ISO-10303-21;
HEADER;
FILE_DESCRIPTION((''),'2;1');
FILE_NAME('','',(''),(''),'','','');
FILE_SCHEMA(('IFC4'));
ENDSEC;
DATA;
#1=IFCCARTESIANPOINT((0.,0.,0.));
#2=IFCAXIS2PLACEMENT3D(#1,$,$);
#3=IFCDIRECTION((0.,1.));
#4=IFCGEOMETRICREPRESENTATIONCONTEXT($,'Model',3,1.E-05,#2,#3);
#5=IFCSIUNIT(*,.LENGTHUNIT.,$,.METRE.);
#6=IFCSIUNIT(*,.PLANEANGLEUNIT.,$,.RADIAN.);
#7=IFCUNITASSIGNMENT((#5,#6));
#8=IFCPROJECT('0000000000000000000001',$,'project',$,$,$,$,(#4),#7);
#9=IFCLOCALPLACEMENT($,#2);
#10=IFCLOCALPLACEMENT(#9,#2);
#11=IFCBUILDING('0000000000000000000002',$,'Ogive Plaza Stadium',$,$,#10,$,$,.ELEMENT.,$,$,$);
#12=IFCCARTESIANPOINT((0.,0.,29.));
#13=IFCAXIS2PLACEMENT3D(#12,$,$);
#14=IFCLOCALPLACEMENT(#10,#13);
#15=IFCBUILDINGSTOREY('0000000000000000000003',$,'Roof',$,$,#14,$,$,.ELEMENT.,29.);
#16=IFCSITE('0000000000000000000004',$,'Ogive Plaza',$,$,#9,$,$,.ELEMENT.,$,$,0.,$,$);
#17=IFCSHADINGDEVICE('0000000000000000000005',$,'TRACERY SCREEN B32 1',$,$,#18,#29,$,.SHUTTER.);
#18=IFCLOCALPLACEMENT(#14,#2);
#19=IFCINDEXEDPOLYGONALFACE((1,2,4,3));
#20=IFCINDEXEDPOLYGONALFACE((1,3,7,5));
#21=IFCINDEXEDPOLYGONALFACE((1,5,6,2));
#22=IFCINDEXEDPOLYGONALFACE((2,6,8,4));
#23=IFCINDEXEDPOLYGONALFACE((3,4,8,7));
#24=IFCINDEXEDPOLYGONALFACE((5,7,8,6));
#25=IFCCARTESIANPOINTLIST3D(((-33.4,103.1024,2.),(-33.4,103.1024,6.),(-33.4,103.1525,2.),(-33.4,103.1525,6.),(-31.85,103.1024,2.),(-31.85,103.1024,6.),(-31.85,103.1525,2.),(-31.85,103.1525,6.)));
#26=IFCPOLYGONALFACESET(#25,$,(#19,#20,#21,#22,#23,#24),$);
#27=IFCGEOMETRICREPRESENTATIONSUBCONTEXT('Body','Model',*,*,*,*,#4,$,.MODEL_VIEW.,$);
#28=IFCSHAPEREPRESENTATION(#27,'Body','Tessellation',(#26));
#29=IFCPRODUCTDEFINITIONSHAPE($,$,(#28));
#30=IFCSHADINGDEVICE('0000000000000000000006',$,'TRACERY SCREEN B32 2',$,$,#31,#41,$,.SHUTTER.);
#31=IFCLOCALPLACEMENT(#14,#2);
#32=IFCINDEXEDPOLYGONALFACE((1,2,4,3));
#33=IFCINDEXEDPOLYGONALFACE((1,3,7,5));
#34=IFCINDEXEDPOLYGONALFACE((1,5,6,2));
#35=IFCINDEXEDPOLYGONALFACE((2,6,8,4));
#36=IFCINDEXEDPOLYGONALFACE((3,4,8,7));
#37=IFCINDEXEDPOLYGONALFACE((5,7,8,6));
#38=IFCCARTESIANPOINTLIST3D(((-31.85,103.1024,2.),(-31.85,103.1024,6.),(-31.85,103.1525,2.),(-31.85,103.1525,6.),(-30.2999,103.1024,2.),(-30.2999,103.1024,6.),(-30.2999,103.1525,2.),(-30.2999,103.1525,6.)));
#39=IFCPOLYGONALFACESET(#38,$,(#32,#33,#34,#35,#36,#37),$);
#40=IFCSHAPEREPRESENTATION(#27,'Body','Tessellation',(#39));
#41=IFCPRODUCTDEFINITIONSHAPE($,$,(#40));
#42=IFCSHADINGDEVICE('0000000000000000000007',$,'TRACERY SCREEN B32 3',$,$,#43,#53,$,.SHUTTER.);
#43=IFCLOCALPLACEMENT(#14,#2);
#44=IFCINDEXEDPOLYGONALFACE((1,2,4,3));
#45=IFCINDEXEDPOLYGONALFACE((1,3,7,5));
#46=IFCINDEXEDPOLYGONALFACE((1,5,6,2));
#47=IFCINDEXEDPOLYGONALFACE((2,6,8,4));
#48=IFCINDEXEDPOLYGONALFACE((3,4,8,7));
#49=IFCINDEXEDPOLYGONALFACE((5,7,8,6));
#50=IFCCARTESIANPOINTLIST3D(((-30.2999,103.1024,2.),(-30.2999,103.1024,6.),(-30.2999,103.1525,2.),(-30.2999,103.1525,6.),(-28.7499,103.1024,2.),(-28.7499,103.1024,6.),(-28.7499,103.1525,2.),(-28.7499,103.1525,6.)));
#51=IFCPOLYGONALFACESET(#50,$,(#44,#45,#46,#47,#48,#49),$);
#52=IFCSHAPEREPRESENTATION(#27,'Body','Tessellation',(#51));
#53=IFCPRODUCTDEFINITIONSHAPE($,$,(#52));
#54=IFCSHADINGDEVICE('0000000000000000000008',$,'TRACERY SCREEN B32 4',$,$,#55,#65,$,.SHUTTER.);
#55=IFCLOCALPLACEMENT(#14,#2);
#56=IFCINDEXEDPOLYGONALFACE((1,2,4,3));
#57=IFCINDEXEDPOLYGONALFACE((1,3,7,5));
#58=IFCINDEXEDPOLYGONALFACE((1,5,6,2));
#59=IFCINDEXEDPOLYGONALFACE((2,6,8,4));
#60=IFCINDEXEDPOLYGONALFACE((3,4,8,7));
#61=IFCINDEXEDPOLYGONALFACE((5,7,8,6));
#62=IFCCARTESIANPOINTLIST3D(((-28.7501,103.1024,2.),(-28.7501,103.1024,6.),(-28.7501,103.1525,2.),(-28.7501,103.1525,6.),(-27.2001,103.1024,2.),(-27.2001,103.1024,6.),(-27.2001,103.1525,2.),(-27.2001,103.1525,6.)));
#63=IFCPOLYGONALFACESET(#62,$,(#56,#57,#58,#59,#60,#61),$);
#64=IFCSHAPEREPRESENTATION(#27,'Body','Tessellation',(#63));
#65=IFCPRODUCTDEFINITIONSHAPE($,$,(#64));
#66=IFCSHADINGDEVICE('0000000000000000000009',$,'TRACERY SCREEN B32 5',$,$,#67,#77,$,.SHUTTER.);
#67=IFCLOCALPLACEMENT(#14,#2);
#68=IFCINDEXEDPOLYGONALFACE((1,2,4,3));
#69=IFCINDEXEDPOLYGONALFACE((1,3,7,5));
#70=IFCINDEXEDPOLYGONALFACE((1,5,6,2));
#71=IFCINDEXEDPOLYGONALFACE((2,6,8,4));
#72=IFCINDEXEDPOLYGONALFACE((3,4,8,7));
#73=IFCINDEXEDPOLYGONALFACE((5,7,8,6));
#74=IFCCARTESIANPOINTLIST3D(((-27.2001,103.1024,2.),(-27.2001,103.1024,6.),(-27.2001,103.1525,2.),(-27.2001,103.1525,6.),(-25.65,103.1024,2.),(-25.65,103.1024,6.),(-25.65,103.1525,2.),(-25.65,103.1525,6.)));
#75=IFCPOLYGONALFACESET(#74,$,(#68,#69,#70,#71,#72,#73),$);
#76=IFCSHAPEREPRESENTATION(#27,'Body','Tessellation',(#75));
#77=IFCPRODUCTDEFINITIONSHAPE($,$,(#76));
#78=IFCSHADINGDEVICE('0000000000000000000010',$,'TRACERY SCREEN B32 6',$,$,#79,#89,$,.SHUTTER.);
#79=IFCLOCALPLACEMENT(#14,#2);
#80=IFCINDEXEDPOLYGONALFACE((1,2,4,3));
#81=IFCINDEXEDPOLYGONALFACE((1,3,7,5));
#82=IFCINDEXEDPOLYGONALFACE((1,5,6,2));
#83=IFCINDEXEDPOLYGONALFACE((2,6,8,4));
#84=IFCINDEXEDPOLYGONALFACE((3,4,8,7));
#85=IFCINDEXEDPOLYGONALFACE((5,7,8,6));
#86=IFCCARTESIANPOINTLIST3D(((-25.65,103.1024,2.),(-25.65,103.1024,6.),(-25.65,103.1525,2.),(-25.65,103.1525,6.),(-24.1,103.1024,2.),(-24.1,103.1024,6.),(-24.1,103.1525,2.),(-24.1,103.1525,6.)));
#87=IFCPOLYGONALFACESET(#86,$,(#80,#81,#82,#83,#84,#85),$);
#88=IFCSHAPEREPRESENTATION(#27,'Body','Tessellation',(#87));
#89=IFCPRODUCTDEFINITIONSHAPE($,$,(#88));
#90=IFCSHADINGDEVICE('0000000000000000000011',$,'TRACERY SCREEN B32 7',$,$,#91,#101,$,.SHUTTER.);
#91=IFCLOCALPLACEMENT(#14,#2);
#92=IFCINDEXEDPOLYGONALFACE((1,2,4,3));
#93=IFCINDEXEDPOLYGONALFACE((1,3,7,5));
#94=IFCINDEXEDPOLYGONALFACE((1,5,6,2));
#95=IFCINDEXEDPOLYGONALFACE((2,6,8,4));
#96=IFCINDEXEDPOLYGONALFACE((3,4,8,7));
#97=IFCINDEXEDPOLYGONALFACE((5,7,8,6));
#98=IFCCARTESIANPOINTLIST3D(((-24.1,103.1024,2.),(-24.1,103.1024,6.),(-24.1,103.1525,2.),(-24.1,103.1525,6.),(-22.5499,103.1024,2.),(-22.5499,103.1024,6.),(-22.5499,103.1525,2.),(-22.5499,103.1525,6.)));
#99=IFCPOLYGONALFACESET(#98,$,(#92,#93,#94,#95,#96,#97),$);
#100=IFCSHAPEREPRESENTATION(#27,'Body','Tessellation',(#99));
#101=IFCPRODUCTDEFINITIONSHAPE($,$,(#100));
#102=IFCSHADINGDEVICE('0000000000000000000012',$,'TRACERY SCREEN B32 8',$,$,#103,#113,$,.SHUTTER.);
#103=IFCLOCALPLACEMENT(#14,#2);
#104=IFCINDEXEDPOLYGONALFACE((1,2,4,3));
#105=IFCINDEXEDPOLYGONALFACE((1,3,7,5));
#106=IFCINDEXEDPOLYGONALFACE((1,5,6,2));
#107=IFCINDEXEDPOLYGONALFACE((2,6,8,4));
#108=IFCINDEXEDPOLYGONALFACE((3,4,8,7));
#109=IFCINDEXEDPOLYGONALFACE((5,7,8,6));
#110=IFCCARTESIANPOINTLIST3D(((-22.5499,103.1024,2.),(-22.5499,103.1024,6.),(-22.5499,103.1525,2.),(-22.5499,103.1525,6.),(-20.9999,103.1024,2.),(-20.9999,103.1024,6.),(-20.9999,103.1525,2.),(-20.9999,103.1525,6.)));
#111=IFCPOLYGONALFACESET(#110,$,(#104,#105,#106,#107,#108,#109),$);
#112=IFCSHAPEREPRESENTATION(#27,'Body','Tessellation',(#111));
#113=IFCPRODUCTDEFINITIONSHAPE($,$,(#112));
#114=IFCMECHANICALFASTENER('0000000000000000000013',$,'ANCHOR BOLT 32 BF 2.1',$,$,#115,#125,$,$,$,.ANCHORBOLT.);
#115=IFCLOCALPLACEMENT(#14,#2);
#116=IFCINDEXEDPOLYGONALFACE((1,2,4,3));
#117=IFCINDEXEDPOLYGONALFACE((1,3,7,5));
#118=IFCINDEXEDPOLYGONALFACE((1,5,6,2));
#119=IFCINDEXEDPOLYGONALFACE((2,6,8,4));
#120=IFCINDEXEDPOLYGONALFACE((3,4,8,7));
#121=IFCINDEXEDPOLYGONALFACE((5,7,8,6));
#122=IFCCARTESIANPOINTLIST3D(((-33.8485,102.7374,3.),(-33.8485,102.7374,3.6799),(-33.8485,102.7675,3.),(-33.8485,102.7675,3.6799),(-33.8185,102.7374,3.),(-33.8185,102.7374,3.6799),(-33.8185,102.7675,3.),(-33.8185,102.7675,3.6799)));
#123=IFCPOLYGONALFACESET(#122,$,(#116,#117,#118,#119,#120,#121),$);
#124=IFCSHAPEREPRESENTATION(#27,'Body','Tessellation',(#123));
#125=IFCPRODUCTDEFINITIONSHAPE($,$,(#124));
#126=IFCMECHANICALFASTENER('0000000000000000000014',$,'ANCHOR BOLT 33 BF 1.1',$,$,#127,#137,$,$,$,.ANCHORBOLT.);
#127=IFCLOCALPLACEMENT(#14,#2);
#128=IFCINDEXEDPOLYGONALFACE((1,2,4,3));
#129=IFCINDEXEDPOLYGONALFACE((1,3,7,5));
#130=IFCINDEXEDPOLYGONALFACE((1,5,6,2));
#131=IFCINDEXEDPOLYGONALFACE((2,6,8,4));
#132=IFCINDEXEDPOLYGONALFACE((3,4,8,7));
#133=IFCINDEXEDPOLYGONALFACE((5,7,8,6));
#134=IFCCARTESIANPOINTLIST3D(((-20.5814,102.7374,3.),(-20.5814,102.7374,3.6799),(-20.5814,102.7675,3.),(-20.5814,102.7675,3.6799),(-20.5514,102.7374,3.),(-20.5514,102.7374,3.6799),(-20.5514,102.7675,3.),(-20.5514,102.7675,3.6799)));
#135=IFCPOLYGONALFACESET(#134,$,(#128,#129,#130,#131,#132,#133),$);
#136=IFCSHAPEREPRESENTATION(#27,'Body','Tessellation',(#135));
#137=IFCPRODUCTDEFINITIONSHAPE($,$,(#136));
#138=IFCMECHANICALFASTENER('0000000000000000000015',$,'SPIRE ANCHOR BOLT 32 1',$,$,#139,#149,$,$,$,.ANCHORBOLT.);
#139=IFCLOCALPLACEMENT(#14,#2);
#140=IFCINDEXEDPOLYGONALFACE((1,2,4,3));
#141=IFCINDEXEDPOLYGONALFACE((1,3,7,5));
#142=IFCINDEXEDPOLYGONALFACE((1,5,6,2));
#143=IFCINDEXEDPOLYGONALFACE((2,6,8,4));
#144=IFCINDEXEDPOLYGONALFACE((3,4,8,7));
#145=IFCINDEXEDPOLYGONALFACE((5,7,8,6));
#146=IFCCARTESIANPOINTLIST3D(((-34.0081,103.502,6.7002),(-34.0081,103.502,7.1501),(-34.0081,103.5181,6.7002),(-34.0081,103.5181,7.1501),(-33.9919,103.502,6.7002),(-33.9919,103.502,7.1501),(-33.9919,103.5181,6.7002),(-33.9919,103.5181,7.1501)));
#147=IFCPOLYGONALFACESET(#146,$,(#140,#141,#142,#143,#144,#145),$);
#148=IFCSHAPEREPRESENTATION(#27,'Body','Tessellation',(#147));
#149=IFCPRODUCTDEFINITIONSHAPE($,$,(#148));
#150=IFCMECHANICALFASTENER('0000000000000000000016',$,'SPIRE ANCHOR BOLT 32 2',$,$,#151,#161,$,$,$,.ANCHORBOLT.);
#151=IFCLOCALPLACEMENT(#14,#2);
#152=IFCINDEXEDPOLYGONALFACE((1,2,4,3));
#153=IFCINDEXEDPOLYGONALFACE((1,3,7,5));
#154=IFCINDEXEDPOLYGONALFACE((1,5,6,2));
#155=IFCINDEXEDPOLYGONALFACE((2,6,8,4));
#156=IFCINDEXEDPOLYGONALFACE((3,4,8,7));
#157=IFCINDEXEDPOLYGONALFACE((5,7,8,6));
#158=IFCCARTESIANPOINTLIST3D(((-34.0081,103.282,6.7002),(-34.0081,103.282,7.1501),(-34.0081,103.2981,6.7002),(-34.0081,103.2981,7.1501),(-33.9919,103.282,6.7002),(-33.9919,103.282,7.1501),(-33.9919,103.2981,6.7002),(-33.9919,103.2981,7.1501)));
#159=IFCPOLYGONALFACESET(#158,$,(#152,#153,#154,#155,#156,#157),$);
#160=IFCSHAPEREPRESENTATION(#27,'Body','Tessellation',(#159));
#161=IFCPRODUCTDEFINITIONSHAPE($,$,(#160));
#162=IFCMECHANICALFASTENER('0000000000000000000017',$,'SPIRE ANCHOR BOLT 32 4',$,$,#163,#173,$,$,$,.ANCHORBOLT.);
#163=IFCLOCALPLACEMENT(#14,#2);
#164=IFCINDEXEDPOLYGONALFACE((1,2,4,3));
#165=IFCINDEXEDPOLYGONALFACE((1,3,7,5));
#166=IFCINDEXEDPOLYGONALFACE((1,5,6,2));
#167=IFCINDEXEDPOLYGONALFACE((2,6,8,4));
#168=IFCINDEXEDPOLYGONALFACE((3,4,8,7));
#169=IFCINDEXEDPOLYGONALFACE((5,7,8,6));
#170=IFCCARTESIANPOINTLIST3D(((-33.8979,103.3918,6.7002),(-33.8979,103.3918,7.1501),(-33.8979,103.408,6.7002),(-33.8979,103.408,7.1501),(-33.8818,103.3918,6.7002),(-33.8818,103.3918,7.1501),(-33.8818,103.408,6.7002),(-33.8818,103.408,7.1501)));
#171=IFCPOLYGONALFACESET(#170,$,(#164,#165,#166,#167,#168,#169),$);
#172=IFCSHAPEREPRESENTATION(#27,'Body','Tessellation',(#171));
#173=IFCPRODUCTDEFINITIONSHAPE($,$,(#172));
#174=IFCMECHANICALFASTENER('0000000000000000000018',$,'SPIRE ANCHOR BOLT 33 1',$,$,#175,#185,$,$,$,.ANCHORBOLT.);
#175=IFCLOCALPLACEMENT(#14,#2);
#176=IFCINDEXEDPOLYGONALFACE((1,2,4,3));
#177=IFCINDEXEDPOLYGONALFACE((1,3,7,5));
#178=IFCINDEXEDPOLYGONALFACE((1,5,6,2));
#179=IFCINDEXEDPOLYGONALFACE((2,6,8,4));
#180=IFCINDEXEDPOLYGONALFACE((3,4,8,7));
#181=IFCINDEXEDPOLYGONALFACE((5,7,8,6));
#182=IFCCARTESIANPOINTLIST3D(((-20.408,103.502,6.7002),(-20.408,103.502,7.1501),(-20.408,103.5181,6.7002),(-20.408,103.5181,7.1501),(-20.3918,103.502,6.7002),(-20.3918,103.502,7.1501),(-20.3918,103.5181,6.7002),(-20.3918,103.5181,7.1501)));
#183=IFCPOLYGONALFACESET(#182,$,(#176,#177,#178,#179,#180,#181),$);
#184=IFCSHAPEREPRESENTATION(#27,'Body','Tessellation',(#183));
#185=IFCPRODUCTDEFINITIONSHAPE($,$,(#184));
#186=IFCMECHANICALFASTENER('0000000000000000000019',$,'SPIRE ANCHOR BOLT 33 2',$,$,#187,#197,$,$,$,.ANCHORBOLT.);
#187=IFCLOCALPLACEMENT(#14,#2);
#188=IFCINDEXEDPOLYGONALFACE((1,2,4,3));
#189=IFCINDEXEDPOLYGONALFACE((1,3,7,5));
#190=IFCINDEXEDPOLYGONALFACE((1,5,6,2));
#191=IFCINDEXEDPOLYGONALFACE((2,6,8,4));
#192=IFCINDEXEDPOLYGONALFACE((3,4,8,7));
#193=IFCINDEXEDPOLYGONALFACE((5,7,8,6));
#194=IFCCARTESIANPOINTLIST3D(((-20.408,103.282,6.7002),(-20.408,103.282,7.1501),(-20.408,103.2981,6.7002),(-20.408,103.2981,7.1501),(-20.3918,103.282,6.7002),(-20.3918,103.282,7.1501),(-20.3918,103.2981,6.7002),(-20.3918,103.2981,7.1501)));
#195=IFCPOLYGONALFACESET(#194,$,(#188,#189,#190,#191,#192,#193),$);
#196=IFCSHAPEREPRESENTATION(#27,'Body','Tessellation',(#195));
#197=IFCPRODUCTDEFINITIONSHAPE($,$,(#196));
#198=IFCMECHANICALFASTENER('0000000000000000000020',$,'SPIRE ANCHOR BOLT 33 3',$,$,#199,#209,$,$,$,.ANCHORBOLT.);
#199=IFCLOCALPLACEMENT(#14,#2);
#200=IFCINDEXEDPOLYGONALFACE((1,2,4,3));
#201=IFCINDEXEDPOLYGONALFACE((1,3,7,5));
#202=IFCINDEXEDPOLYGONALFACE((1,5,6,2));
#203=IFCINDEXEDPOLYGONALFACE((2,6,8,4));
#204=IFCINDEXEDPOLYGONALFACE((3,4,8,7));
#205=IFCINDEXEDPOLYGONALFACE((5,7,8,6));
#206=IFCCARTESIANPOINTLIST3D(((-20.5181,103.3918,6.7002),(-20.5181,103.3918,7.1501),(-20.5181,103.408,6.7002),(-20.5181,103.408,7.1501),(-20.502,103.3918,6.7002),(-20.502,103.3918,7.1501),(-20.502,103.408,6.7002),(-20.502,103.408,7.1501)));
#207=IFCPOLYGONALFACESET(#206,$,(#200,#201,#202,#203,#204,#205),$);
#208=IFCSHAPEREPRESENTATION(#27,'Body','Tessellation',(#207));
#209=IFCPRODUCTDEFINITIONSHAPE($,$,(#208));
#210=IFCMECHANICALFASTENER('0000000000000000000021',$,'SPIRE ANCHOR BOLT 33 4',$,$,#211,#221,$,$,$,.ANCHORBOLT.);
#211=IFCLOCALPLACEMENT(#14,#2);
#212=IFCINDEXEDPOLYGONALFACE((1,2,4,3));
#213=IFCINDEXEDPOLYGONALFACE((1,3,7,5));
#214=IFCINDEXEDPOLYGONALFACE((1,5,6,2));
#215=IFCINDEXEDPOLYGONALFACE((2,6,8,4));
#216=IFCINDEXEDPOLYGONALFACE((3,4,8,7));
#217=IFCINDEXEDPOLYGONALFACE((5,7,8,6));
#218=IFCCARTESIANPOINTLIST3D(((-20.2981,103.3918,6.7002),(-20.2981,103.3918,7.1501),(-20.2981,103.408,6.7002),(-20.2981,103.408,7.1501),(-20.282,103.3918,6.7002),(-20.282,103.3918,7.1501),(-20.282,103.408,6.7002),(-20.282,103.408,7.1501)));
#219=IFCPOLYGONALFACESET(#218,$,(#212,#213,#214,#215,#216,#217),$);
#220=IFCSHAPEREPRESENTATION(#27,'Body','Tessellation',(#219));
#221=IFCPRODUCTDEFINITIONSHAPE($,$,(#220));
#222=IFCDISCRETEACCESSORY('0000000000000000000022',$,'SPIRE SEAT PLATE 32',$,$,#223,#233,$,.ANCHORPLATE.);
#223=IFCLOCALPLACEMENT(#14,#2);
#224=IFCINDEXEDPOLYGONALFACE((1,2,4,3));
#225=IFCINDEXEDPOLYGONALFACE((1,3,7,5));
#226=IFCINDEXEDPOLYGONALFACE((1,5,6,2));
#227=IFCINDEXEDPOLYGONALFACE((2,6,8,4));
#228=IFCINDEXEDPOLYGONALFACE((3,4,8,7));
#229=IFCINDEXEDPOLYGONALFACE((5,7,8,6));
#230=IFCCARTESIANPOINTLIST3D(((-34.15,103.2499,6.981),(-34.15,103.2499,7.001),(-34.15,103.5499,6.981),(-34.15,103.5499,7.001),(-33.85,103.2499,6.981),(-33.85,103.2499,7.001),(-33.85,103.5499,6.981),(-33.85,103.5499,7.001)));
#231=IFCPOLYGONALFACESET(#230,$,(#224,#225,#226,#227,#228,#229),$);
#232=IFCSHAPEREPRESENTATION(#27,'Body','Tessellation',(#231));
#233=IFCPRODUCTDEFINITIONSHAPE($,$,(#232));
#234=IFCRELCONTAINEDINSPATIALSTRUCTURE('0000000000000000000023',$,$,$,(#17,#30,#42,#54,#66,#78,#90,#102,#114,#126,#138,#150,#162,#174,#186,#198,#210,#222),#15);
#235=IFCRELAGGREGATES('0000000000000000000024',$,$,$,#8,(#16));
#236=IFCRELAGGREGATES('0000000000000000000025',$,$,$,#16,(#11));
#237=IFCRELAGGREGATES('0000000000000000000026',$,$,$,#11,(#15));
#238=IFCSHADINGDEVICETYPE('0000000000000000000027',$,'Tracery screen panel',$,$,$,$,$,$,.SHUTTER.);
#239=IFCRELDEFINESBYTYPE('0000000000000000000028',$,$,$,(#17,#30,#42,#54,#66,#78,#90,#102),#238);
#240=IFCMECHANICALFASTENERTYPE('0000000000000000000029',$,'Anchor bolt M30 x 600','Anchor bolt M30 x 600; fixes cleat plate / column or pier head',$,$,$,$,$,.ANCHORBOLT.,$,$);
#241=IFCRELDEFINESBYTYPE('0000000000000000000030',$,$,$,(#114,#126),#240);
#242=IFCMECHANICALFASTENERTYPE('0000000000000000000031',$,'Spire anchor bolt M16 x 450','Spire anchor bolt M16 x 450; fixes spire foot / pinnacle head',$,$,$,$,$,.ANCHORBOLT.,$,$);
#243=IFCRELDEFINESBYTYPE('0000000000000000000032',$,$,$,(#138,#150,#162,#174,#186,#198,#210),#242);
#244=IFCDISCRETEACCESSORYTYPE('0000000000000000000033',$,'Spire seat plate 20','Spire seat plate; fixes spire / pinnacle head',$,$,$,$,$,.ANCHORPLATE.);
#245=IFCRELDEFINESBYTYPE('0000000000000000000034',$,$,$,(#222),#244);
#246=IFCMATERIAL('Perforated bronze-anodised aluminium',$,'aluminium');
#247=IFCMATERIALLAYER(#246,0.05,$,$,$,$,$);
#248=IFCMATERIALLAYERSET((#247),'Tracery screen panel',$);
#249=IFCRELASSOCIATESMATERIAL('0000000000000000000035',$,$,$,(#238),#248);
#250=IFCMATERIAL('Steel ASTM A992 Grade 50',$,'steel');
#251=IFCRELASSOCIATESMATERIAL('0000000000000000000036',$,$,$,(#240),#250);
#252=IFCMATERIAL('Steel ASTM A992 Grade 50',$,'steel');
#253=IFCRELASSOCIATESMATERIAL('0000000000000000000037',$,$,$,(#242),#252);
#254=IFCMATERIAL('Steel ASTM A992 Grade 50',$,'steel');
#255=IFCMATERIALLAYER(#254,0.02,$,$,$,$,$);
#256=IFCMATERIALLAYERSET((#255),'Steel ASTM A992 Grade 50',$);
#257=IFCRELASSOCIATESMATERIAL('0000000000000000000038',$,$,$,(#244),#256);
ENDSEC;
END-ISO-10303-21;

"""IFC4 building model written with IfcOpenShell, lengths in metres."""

from ifc_helpers import new_model, si_unit, direction, frame, origin, origin_2d, place, context, subcontext, project, spatial, rectangle, extrude, material, layer, layer_set, type_object, element, save


model = new_model("IFC4")

# Units and contexts
model_context = context("Model", 3, precision=1e-05, world=origin(), true_north=direction((0.0, 1.0)))
body_context = subcontext(model_context, "Body", "Model", "MODEL_VIEW")
ifc_project = project(units=[si_unit("LENGTHUNIT", "METRE"), si_unit("PLANEANGLEUNIT", "RADIAN")], contexts=[model_context])

# Site, building, storey
site_placement = place(None, origin())
site = spatial("IfcSite", under=ifc_project, at=site_placement, Name="Ogive Plaza", CompositionType="ELEMENT", RefElevation=0.0)
building_placement = place(site_placement, origin())
building = spatial("IfcBuilding", under=site, at=building_placement, Name="Ogive Plaza Stadium", CompositionType="ELEMENT")
storey_placement = place(building_placement, frame((0.0, 0.0, 29.0)))
storey = spatial("IfcBuildingStorey", under=building, at=storey_placement, Name="Roof", CompositionType="ELEMENT", Elevation=29.0)

# Shading devices
ifc_material_1 = material(Name="Perforated bronze-anodised aluminium", Category="aluminium")
ifc_layer_1 = layer(ifc_material_1, 0.05)
ifc_layer_set_1 = layer_set([ifc_layer_1], Name="Tracery screen panel")
shading_device_type = type_object("IfcShadingDeviceType", Name="Tracery screen panel", PredefinedType="SHUTTER", material=ifc_layer_set_1)
for number, where, z_axis, x_axis, name in (
    (1, (-32.625, 103.1274, 2.0), (0.0, 0.0, 1.0), (1.0, 0.0, 0.0), "TRACERY SCREEN B32 1"),
    (2, (-31.075, 103.1274, 2.0), (0.0, 0.0, 1.0), (1.0, 0.0, 0.0), "TRACERY SCREEN B32 2"),
    (3, (-29.5249, 103.1274, 2.0), (0.0, 0.0, 1.0), (1.0, 0.0, 0.0), "TRACERY SCREEN B32 3"),
    (4, (-27.9751, 103.1274, 2.0), (0.0, 0.0, 1.0), (1.0, 0.0, 0.0), "TRACERY SCREEN B32 4"),
    (5, (-26.425, 103.1274, 2.0), (0.0, 0.0, 1.0), (1.0, 0.0, 0.0), "TRACERY SCREEN B32 5"),
    (6, (-24.875, 103.1274, 2.0), (0.0, 0.0, 1.0), (1.0, 0.0, 0.0), "TRACERY SCREEN B32 6"),
    (7, (-23.325, 103.1274, 2.0), (0.0, 0.0, 1.0), (1.0, 0.0, 0.0), "TRACERY SCREEN B32 7"),
    (8, (-21.7749, 103.1274, 2.0), (0.0, 0.0, 1.0), (1.0, 0.0, 0.0), "TRACERY SCREEN B32 8"),
):
    element("IfcShadingDevice", number, at=place(storey_placement, frame(where, z_axis=z_axis, x_axis=x_axis)), inside=storey, type_object=shading_device_type, Name=name, PredefinedType="SHUTTER", context=body_context, shape_type="SweptSolid", body=[
        extrude(rectangle(XDim=1.55, YDim=0.05, at=origin_2d()), origin(), (0.0, 0.0, 1.0), 4.0),
    ])

# Mechanical fasteners
ifc_material_2 = material(Name="Steel ASTM A992 Grade 50", Category="steel")
mechanical_fastener_type_1 = type_object("IfcMechanicalFastenerType", Name="Anchor bolt M30 x 600", Description="Anchor bolt M30 x 600; fixes cleat plate / column or pier head", PredefinedType="ANCHORBOLT", material=ifc_material_2)
for number, where, z_axis, x_axis, name in (
    (9, (-33.8335, 102.7524, 3.0), (0.0, 0.0, 1.0), (0.0, 1.0, 0.0), "ANCHOR BOLT 32 BF 2.1"),
    (10, (-20.5664, 102.7524, 3.0), (0.0, 0.0, 1.0), (0.0, 1.0, 0.0), "ANCHOR BOLT 33 BF 1.1"),
):
    element("IfcMechanicalFastener", number, at=place(storey_placement, frame(where, z_axis=z_axis, x_axis=x_axis)), inside=storey, type_object=mechanical_fastener_type_1, Name=name, PredefinedType="ANCHORBOLT", context=body_context, shape_type="SweptSolid", body=[
        extrude(rectangle(XDim=0.03, YDim=0.03, at=origin_2d()), origin(), (0.0, 0.0, 1.0), 0.6799),
    ])
ifc_material_3 = material(Name="Steel ASTM A992 Grade 50", Category="steel")
mechanical_fastener_type_2 = type_object("IfcMechanicalFastenerType", Name="Spire anchor bolt M16 x 450", Description="Spire anchor bolt M16 x 450; fixes spire foot / pinnacle head", PredefinedType="ANCHORBOLT", material=ifc_material_3)
for number, where, z_axis, x_axis, name in (
    (11, (-34.0, 103.51, 6.7002), (0.0, 0.0, 1.0), (0.0, 1.0, 0.0), "SPIRE ANCHOR BOLT 32 1"),
    (12, (-34.0, 103.29, 6.7002), (0.0, 0.0, 1.0), (0.0, 1.0, 0.0), "SPIRE ANCHOR BOLT 32 2"),
    (13, (-33.8899, 103.3999, 6.7002), (0.0, 0.0, 1.0), (0.0, 1.0, 0.0), "SPIRE ANCHOR BOLT 32 4"),
    (14, (-20.3999, 103.51, 6.7002), (0.0, 0.0, 1.0), (0.0, 1.0, 0.0), "SPIRE ANCHOR BOLT 33 1"),
    (15, (-20.3999, 103.29, 6.7002), (0.0, 0.0, 1.0), (0.0, 1.0, 0.0), "SPIRE ANCHOR BOLT 33 2"),
    (16, (-20.51, 103.3999, 6.7002), (0.0, 0.0, 1.0), (0.0, 1.0, 0.0), "SPIRE ANCHOR BOLT 33 3"),
    (17, (-20.29, 103.3999, 6.7002), (0.0, 0.0, 1.0), (0.0, 1.0, 0.0), "SPIRE ANCHOR BOLT 33 4"),
):
    element("IfcMechanicalFastener", number, at=place(storey_placement, frame(where, z_axis=z_axis, x_axis=x_axis)), inside=storey, type_object=mechanical_fastener_type_2, Name=name, PredefinedType="ANCHORBOLT", context=body_context, shape_type="SweptSolid", body=[
        extrude(rectangle(XDim=0.0161, YDim=0.0161, at=origin_2d()), origin(), (0.0, 0.0, 1.0), 0.45),
    ])

# Discrete accessory
ifc_material_4 = material(Name="Steel ASTM A992 Grade 50", Category="steel")
ifc_layer_2 = layer(ifc_material_4, 0.02)
ifc_layer_set_2 = layer_set([ifc_layer_2], Name="Steel ASTM A992 Grade 50")
discrete_accessory_type_1 = type_object("IfcDiscreteAccessoryType", Name="Spire seat plate 20", Description="Spire seat plate; fixes spire / pinnacle head", PredefinedType="ANCHORPLATE", material=ifc_layer_set_2)
for number, where, z_axis, x_axis, name in (
    (18, (-34.0, 103.3999, 6.981), (0.0, 0.0, 1.0), (0.0, 1.0, 0.0), "SPIRE SEAT PLATE 32"),
):
    element("IfcDiscreteAccessory", number, at=place(storey_placement, frame(where, z_axis=z_axis, x_axis=x_axis)), inside=storey, type_object=discrete_accessory_type_1, Name=name, PredefinedType="ANCHORPLATE", context=body_context, shape_type="SweptSolid", body=[
        extrude(rectangle(XDim=0.3, YDim=0.3, at=origin_2d()), origin(), (0.0, 0.0, 1.0), 0.02),
    ])

save(model, "model.ifc")
